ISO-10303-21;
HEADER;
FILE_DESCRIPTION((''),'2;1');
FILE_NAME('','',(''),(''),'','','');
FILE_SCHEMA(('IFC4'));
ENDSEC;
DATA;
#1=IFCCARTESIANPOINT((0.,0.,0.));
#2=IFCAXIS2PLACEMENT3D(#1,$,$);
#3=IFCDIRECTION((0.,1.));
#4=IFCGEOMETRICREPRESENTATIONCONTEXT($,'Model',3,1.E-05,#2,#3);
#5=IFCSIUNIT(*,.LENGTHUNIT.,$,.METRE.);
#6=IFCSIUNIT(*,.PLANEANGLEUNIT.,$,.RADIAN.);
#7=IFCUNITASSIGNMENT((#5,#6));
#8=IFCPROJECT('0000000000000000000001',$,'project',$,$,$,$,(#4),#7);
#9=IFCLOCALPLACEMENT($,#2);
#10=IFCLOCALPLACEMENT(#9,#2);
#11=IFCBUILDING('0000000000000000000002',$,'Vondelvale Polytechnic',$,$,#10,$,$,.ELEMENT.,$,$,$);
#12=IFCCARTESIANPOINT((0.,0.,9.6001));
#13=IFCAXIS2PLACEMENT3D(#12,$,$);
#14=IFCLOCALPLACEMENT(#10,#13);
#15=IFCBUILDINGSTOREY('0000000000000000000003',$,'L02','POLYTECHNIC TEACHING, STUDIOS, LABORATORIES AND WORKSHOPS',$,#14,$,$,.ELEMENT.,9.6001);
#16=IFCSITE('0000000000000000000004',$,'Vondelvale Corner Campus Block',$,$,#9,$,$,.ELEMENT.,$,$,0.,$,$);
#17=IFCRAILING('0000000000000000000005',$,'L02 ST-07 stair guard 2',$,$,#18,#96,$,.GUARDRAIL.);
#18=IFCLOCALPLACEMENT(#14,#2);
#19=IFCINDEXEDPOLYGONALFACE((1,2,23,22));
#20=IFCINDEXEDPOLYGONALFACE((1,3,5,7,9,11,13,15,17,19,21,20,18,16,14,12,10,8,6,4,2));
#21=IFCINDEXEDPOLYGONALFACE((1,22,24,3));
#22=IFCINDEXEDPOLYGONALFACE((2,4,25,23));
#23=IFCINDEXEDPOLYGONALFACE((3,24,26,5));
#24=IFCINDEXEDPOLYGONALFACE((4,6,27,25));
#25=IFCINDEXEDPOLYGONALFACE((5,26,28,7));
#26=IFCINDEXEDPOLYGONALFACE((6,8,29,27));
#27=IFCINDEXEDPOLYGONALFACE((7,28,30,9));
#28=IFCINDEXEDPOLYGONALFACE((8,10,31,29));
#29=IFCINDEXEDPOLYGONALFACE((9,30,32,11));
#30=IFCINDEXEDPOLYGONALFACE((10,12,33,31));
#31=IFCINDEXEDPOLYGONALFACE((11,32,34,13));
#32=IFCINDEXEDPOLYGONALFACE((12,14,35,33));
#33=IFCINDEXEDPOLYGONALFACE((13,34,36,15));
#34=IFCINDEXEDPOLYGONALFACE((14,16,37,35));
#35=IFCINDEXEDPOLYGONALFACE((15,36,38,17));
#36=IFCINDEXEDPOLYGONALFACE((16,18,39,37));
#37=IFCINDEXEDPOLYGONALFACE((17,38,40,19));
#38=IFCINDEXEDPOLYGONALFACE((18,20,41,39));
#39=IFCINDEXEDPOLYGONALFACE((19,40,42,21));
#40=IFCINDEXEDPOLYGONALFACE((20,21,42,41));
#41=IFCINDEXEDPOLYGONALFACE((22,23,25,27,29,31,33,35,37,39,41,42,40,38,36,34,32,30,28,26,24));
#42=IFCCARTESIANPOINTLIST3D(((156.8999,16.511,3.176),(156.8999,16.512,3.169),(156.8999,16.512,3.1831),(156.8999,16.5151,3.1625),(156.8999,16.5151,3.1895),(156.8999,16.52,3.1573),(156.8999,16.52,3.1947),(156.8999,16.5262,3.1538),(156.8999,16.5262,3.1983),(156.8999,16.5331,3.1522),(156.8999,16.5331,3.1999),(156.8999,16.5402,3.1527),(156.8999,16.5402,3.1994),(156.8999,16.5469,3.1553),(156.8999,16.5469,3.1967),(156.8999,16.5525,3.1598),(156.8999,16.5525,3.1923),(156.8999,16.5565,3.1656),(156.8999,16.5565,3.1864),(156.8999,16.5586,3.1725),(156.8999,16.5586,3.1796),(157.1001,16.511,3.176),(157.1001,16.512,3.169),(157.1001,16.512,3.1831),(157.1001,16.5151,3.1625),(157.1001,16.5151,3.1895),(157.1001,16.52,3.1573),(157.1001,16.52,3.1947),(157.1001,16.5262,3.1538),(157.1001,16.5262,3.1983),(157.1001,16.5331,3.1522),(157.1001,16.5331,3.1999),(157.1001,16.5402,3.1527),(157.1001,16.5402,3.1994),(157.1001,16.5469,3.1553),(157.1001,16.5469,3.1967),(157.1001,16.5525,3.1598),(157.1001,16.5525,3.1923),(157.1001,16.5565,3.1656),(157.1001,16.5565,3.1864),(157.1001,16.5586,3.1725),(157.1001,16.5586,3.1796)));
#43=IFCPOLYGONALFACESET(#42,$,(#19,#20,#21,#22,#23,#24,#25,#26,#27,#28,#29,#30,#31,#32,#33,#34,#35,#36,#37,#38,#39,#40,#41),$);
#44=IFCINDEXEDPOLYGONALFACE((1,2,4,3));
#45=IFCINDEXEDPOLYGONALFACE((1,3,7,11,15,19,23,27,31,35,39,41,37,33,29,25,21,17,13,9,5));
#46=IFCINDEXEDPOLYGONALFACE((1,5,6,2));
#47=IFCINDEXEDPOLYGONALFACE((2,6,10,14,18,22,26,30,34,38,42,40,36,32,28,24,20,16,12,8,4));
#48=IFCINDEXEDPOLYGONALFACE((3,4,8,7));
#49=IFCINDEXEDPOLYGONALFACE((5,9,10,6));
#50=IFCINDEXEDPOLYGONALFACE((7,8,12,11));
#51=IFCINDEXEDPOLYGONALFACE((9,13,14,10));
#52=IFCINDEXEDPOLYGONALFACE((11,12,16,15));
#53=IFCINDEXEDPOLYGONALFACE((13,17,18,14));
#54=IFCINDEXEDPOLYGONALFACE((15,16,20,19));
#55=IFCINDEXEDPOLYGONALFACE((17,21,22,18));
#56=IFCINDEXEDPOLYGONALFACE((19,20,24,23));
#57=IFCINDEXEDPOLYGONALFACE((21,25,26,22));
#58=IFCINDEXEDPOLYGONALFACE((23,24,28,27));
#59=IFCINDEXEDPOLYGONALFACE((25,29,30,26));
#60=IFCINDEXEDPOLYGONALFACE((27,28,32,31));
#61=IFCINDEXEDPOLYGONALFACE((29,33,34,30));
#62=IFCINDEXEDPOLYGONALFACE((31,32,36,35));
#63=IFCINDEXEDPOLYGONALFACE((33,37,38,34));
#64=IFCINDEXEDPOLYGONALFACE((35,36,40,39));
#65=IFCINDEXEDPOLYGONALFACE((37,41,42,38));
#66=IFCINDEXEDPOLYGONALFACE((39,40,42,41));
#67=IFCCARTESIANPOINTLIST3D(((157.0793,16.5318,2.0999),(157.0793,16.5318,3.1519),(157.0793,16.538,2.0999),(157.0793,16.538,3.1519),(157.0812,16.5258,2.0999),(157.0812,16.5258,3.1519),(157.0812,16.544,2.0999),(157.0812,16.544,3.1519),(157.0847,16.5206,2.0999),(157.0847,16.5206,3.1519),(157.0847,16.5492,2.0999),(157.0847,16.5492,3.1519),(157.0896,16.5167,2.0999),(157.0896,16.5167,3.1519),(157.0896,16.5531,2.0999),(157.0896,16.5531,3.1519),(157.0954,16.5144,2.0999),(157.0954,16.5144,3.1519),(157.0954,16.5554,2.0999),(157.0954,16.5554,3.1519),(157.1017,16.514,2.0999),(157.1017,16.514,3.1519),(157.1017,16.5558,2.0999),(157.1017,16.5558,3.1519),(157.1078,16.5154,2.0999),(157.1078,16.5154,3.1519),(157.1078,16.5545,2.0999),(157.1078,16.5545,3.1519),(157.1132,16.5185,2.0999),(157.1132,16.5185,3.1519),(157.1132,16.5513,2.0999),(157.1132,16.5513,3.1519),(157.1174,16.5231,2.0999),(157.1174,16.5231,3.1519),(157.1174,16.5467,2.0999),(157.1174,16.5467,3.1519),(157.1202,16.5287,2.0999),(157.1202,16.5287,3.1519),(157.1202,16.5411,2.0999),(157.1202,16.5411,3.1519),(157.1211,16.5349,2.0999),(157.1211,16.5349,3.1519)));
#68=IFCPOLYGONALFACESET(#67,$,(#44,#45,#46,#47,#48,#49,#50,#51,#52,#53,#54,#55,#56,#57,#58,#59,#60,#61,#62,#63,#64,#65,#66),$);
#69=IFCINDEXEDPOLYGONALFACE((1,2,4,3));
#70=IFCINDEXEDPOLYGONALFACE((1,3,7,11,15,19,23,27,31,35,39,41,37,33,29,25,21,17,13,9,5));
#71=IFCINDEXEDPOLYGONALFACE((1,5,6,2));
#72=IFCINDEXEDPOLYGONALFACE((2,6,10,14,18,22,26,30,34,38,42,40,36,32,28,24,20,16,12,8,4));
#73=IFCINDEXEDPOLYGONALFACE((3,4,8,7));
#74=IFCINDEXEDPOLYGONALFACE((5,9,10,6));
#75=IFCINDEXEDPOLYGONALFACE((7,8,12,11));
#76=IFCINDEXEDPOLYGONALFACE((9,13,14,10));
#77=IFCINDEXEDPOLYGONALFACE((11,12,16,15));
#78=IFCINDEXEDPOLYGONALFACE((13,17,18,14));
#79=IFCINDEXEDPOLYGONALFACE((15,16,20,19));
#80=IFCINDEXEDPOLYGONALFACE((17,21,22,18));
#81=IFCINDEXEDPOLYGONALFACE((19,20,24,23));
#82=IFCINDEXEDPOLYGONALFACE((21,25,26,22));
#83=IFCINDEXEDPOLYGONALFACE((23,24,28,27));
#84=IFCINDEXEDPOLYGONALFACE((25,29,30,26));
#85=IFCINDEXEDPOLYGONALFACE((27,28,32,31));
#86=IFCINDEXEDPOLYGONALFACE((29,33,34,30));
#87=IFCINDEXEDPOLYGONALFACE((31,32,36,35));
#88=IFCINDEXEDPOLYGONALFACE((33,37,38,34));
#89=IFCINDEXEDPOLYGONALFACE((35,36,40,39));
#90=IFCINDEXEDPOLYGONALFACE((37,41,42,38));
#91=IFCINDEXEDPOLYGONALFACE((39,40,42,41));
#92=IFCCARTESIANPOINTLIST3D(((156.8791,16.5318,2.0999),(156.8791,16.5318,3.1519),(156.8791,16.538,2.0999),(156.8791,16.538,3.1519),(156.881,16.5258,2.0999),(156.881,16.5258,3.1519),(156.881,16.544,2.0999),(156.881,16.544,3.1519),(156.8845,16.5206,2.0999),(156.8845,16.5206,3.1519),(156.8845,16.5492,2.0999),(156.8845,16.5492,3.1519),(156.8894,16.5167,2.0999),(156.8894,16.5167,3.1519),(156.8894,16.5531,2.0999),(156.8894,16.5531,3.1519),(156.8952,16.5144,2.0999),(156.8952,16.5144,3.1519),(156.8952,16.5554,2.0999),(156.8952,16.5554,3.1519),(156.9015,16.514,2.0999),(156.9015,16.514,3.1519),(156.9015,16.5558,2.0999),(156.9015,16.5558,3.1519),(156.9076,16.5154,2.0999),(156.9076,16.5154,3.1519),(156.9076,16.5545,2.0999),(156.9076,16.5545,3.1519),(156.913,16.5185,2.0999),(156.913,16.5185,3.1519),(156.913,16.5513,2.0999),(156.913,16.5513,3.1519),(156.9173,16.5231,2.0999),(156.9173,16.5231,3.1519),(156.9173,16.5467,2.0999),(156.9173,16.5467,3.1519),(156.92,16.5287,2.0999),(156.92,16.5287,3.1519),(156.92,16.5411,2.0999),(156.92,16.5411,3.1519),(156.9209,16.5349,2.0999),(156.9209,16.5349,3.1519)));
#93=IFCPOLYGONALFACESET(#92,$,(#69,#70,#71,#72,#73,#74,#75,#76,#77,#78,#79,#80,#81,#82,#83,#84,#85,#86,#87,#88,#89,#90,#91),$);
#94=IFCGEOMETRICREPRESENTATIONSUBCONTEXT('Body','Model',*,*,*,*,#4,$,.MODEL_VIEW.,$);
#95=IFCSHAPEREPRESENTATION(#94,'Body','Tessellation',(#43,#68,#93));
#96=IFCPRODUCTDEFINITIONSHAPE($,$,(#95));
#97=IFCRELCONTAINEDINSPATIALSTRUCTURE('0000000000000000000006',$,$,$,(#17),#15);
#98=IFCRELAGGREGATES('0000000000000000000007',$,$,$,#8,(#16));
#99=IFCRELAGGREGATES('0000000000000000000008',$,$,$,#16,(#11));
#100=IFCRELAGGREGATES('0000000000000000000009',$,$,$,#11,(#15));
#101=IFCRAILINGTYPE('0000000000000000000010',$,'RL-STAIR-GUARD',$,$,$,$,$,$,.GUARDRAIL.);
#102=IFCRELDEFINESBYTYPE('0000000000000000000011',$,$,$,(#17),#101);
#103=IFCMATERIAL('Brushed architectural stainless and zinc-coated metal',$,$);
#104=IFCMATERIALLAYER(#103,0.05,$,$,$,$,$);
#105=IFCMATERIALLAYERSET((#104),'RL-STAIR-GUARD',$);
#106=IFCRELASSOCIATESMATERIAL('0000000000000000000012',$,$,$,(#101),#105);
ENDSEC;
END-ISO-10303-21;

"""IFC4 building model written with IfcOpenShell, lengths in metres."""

from ifc_helpers import new_model, si_unit, direction, frame, origin, origin_2d, place, context, subcontext, project, spatial, circle, extrude, material, layer, layer_set, type_object, element, save


model = new_model("IFC4")

# Units and contexts
model_context = context("Model", 3, precision=1e-05, world=origin(), true_north=direction((0.0, 1.0)))
body_context = subcontext(model_context, "Body", "Model", "MODEL_VIEW")
ifc_project = project(units=[si_unit("LENGTHUNIT", "METRE"), si_unit("PLANEANGLEUNIT", "RADIAN")], contexts=[model_context])

# Site, building, storey
site_placement = place(None, origin())
site = spatial("IfcSite", under=ifc_project, at=site_placement, Name="Vondelvale Corner Campus Block", CompositionType="ELEMENT", RefElevation=0.0)
building_placement = place(site_placement, origin())
building = spatial("IfcBuilding", under=site, at=building_placement, Name="Vondelvale Polytechnic", CompositionType="ELEMENT")
storey_placement = place(building_placement, frame((0.0, 0.0, 9.6001)))
storey = spatial("IfcBuildingStorey", under=building, at=storey_placement, Name="L02", Description="POLYTECHNIC TEACHING, STUDIOS, LABORATORIES AND WORKSHOPS", CompositionType="ELEMENT", Elevation=9.6001)

# Railing
ifc_material_1 = material(Name="Brushed architectural stainless and zinc-coated metal")
ifc_layer_1 = layer(ifc_material_1, 0.05)
ifc_layer_set_1 = layer_set([ifc_layer_1], Name="RL-STAIR-GUARD")
railing_type_1 = type_object("IfcRailingType", Name="RL-STAIR-GUARD", PredefinedType="GUARDRAIL", material=ifc_layer_set_1)
railing_1_placement = place(storey_placement, frame((157.1001, 16.5349, 2.0999)))
element("IfcRailing", 1, at=railing_1_placement, inside=storey, type_object=railing_type_1, Name="L02 ST-07 stair guard 2", PredefinedType="GUARDRAIL", context=body_context, shape_type="SweptSolid", body=[
    extrude(circle(Radius=0.0239, at=origin_2d()), frame((0.0, 0.0, 1.0762), z_axis=(-1.0, 0.0, 0.0), x_axis=(0.0, -1.0, 0.0)), (0.0, 0.0, 1.0), 0.2002),
    extrude(circle(Radius=0.021, at=origin_2d()), origin(), (0.0, 0.0, 1.0), 1.052),
    extrude(circle(Radius=0.021, at=origin_2d()), frame((-0.2002, 0.0, 0.0)), (0.0, 0.0, 1.0), 1.052),
])

save(model, "model.ifc")
